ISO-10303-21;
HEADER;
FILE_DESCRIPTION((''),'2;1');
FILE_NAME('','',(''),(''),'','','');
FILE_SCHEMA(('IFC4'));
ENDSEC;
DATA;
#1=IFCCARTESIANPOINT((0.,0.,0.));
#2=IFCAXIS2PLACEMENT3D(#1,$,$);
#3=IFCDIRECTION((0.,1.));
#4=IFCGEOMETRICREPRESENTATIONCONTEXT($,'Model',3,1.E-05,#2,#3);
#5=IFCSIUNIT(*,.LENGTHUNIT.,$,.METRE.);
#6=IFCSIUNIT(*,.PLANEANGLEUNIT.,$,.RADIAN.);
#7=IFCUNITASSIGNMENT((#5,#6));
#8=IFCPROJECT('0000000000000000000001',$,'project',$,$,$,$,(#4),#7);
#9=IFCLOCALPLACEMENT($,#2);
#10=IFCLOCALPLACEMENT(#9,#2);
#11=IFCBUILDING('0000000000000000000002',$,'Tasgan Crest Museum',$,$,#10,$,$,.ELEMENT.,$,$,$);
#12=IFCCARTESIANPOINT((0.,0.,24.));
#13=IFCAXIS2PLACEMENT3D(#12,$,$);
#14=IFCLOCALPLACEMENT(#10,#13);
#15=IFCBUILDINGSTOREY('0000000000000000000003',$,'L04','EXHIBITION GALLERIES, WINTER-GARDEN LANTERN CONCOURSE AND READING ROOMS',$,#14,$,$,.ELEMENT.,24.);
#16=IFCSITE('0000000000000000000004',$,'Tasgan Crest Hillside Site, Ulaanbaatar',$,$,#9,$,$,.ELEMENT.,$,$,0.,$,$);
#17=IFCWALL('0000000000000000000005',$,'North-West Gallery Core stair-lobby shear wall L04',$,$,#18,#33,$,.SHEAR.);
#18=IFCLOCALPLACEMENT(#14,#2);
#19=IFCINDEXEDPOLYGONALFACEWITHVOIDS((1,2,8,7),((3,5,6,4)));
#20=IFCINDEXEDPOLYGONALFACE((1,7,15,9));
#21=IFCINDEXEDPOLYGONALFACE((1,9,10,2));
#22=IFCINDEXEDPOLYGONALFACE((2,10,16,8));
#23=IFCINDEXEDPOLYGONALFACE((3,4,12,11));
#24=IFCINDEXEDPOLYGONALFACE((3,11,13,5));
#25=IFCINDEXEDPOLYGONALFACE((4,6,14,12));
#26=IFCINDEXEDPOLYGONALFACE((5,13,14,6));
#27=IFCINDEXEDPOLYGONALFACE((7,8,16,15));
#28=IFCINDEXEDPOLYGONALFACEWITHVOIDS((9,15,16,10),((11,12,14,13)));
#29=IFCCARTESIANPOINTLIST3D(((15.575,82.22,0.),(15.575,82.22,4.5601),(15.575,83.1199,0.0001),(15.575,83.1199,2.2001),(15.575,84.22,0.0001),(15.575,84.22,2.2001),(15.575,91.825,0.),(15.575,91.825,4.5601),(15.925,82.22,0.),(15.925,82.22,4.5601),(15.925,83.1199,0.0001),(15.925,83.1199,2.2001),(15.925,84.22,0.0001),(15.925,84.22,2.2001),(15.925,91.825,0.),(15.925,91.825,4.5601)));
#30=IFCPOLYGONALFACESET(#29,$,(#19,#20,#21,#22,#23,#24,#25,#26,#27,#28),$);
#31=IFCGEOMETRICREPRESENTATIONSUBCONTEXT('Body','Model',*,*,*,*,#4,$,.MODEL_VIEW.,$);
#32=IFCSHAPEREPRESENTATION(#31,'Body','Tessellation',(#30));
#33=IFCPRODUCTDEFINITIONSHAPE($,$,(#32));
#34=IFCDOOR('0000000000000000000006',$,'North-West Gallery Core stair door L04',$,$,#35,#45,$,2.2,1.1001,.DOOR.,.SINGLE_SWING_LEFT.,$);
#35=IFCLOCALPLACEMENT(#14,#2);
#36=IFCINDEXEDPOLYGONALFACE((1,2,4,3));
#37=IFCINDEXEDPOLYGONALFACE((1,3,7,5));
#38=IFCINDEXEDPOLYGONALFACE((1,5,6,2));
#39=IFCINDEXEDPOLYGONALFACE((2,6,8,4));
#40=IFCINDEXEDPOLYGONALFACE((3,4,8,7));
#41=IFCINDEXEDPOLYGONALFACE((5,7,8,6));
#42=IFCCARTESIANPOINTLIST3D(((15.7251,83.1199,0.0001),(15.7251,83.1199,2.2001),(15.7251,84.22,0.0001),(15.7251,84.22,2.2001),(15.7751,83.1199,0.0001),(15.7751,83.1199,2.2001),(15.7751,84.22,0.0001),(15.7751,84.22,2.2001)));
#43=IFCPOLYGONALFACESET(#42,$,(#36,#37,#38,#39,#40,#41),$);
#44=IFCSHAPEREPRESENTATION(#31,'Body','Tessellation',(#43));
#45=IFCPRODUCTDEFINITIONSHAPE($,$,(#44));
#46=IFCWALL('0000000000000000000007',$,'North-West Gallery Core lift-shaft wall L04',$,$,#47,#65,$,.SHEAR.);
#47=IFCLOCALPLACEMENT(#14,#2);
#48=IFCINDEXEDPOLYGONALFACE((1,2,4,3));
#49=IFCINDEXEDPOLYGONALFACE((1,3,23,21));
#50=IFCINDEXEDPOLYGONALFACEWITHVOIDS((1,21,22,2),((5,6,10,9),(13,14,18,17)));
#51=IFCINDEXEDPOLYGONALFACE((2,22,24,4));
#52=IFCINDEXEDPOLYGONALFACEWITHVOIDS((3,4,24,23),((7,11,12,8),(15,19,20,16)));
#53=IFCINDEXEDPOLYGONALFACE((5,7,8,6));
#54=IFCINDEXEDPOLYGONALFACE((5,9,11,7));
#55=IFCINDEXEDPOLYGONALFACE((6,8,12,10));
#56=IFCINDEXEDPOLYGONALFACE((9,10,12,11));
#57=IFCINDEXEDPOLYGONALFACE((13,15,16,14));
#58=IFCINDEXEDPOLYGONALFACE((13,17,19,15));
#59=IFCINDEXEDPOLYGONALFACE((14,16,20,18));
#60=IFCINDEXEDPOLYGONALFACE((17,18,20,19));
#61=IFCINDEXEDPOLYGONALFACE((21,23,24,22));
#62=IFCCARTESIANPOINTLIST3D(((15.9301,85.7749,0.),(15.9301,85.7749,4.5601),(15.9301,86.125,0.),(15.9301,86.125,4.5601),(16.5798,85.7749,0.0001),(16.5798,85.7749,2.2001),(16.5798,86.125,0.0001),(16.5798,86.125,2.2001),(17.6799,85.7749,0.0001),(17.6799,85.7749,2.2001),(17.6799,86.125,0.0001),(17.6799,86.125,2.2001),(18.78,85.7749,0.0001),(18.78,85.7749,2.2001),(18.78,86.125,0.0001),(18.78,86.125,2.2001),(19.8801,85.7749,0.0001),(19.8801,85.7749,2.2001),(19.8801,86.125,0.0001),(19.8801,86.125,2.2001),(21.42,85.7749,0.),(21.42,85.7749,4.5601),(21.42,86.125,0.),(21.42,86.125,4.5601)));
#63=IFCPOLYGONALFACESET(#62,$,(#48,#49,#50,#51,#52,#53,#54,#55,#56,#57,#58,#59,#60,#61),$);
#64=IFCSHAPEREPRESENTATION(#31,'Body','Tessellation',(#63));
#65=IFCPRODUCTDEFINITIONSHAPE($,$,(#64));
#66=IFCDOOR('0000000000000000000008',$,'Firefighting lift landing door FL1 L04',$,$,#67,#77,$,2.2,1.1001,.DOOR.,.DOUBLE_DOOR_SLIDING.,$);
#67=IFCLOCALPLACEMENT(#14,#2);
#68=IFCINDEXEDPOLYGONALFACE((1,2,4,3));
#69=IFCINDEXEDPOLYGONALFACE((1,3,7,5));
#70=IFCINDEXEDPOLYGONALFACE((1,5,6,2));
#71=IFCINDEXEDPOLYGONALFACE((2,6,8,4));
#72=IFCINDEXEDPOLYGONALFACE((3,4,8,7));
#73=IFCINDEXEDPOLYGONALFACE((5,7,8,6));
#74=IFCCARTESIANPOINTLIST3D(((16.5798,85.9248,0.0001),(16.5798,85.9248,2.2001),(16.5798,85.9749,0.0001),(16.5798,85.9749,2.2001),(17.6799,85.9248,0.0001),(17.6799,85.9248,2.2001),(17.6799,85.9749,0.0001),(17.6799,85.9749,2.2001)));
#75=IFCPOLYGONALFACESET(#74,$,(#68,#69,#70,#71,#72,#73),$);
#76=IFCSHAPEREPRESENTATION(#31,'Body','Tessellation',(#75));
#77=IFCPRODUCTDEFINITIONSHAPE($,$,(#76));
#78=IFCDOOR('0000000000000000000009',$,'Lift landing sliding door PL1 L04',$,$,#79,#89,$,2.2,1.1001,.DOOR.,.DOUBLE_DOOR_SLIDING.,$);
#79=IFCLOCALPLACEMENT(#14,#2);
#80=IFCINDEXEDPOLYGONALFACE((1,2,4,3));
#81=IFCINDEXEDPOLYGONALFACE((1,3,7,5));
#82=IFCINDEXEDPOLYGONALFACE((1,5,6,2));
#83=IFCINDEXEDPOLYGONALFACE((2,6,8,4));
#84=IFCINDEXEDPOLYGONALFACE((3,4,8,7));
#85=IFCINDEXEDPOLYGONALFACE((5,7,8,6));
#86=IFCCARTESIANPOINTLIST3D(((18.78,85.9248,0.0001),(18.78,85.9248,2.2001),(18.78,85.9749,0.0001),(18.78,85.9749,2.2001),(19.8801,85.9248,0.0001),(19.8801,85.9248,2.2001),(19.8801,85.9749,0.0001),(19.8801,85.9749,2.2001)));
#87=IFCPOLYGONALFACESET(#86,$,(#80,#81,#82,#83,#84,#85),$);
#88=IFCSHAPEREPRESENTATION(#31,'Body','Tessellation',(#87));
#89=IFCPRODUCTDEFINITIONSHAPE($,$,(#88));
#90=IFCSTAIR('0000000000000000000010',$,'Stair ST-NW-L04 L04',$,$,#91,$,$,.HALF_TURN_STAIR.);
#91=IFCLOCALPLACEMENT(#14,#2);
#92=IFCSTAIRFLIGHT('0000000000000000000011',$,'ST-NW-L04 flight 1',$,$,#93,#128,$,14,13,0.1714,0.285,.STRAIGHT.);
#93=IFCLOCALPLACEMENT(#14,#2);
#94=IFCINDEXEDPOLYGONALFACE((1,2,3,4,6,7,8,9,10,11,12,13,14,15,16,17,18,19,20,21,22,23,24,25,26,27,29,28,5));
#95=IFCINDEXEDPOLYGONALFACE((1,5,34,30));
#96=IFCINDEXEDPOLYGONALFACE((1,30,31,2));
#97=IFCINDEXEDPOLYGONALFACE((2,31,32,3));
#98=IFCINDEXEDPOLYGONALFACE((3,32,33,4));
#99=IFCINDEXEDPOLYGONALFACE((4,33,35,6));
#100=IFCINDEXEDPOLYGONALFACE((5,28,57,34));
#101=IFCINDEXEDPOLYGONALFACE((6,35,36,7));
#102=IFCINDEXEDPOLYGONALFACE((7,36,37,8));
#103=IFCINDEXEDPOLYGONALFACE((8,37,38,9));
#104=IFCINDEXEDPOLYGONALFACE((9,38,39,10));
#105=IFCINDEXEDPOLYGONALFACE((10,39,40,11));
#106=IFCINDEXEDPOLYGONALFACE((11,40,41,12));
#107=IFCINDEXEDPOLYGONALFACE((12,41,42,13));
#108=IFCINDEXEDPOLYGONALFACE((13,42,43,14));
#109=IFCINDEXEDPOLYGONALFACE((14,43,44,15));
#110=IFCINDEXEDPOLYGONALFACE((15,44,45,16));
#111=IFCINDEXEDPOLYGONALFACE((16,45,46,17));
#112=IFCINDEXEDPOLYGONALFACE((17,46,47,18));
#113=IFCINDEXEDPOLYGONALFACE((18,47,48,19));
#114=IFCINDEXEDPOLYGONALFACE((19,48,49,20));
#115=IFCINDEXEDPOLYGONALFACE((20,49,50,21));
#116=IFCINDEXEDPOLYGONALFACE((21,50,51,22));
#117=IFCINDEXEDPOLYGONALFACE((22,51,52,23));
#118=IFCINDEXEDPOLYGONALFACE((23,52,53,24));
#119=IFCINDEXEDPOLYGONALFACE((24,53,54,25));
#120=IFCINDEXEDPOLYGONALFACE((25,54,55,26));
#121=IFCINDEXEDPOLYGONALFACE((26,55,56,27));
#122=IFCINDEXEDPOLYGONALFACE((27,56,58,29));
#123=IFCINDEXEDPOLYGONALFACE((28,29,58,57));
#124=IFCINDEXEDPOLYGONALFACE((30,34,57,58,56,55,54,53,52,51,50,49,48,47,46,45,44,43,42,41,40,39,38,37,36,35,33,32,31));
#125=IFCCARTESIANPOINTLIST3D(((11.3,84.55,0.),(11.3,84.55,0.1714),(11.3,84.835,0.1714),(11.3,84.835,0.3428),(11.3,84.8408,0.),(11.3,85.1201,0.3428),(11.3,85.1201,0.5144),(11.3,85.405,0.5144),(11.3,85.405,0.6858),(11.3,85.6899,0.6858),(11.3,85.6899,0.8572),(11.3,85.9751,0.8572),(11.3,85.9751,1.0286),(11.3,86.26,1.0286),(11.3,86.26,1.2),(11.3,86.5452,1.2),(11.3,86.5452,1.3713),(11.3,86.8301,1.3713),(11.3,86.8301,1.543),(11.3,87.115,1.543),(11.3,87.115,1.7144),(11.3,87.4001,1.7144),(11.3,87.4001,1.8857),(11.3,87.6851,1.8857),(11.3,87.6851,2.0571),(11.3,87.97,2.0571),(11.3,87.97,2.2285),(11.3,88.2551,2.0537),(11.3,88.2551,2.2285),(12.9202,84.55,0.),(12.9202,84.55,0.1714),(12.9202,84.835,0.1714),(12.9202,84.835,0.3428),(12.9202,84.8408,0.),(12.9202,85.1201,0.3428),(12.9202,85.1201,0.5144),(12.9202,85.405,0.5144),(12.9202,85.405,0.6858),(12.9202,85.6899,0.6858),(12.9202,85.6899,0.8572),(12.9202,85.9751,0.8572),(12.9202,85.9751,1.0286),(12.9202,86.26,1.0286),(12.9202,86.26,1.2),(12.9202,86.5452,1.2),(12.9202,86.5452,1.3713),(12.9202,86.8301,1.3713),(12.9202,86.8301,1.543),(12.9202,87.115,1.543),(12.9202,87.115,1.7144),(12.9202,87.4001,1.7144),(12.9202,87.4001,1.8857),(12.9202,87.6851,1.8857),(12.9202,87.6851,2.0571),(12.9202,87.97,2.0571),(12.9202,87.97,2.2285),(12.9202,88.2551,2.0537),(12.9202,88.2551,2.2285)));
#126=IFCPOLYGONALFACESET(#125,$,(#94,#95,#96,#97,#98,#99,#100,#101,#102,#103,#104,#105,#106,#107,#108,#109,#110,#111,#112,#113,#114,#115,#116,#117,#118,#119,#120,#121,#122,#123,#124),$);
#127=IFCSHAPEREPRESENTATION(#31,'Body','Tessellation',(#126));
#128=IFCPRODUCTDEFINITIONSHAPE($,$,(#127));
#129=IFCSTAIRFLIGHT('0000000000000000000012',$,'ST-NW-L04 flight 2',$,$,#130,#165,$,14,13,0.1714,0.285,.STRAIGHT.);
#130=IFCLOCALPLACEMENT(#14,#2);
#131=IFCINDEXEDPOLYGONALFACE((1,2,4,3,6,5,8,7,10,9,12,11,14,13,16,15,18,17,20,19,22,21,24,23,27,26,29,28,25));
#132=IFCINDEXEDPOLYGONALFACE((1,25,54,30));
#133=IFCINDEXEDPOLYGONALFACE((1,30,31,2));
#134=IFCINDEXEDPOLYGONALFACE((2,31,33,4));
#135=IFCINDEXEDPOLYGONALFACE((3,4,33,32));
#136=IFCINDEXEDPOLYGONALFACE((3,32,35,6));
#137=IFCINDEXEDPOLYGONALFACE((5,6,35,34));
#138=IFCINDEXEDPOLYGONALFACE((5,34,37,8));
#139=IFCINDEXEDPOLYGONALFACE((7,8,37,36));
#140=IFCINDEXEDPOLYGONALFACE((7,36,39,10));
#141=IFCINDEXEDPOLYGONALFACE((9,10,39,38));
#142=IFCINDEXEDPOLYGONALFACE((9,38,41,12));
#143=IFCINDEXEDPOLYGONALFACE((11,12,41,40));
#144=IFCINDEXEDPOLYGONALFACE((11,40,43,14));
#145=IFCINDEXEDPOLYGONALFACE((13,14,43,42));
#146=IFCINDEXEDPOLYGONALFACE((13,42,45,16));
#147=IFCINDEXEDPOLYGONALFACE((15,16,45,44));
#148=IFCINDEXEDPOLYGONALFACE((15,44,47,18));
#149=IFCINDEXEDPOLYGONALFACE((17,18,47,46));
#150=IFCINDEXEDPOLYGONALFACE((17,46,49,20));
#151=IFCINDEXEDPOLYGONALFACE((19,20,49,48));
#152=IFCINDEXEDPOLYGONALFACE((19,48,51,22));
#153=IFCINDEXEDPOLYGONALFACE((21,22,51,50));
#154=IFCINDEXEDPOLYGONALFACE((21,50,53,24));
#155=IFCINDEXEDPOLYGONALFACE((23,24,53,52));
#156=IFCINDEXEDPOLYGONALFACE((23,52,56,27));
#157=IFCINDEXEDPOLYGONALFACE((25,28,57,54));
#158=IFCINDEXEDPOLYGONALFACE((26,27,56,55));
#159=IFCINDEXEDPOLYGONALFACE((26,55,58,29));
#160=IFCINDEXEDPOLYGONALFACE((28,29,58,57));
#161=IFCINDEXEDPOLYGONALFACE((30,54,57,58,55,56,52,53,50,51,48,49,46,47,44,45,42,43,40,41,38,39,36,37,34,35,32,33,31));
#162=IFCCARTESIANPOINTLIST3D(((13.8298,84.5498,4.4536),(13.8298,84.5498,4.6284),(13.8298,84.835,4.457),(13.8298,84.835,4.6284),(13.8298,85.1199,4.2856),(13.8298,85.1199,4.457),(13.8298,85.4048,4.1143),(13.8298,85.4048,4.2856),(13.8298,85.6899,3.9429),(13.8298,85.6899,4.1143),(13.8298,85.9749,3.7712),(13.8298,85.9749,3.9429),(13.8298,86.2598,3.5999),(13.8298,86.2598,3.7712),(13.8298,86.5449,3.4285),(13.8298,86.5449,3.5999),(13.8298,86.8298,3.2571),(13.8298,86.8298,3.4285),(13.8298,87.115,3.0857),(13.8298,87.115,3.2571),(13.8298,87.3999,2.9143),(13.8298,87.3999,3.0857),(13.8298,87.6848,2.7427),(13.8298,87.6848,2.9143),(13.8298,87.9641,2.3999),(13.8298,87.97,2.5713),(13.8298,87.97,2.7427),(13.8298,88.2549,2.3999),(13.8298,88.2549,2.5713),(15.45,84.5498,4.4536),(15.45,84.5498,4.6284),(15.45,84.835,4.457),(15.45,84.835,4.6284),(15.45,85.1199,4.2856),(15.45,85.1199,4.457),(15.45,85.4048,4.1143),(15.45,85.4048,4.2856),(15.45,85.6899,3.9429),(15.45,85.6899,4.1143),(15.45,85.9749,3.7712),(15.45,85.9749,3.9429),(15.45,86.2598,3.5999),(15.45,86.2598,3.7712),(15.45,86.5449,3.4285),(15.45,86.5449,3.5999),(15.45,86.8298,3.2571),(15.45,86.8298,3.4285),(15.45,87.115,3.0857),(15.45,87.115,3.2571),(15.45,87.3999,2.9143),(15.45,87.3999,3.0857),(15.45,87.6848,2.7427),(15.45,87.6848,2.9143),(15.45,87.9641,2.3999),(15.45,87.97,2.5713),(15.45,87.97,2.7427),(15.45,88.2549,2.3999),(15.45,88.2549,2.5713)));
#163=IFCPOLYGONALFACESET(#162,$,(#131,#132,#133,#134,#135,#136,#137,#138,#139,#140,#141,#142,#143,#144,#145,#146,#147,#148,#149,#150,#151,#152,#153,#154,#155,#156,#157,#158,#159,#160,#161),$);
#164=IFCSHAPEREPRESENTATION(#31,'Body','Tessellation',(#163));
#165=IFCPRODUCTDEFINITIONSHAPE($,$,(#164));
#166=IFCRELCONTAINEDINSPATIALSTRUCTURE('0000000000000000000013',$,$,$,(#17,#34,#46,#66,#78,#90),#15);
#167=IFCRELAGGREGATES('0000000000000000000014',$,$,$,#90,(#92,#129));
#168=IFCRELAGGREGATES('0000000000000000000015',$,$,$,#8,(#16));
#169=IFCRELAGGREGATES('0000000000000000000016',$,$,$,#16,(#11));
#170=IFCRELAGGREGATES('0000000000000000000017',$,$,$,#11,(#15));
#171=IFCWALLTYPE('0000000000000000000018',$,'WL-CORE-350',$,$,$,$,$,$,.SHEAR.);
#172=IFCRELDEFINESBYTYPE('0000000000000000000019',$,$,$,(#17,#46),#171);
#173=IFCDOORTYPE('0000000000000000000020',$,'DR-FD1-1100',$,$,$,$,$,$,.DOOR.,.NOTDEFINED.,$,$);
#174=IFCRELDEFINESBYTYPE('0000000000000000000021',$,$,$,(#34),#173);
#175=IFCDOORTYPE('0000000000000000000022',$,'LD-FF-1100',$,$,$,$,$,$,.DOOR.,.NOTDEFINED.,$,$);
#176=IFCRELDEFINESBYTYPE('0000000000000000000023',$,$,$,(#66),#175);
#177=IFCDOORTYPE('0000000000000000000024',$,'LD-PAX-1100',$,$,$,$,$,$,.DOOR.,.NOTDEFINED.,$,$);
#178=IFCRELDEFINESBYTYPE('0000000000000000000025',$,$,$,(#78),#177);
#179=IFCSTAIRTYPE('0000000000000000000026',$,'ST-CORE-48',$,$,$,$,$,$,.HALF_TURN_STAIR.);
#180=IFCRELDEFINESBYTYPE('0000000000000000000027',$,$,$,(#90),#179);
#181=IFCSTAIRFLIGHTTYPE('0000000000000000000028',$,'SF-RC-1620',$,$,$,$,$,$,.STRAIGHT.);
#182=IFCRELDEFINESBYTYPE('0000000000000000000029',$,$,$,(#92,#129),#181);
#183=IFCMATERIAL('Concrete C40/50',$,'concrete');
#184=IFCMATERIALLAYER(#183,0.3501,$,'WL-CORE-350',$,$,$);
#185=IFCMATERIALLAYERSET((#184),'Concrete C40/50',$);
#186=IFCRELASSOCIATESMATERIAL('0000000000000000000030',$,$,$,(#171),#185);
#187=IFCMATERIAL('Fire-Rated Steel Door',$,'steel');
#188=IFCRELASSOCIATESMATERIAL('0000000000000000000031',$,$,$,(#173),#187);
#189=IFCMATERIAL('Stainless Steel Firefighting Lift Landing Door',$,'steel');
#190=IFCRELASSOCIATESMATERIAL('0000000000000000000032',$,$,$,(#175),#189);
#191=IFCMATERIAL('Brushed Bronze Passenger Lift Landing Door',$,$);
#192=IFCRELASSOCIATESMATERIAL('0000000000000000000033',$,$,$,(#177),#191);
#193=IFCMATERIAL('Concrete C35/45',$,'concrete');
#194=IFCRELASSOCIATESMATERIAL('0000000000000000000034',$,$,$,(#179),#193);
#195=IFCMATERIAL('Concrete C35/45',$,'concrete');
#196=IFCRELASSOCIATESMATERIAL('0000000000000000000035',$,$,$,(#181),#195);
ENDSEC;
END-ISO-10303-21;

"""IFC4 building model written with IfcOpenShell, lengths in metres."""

from ifc_helpers import new_model, si_unit, direction, frame, frame_2d, origin, place, context, subcontext, project, spatial, polyline, rectangle, outline, extrude, material, layer, layer_set, type_object, element, fill, aggregate, save


model = new_model("IFC4")

# Units and contexts
model_context = context("Model", 3, precision=1e-05, world=origin(), true_north=direction((0.0, 1.0)))
body_context = subcontext(model_context, "Body", "Model", "MODEL_VIEW")
ifc_project = project(units=[si_unit("LENGTHUNIT", "METRE"), si_unit("PLANEANGLEUNIT", "RADIAN")], contexts=[model_context])

# Site, building, storey
site_placement = place(None, origin())
site = spatial("IfcSite", under=ifc_project, at=site_placement, Name="Tasgan Crest Hillside Site, Ulaanbaatar", CompositionType="ELEMENT", RefElevation=0.0)
building_placement = place(site_placement, origin())
building = spatial("IfcBuilding", under=site, at=building_placement, Name="Tasgan Crest Museum", CompositionType="ELEMENT")
storey_placement = place(building_placement, frame((0.0, 0.0, 24.0)))
storey = spatial("IfcBuildingStorey", under=building, at=storey_placement, Name="L04", Description="EXHIBITION GALLERIES, WINTER-GARDEN LANTERN CONCOURSE AND READING ROOMS", CompositionType="ELEMENT", Elevation=24.0)

# Shared definitions
ifc_material_1 = material(Name="Concrete C40/50", Category="concrete")
ifc_layer_1 = layer(ifc_material_1, 0.3501, Name="WL-CORE-350")
ifc_layer_set_1 = layer_set([ifc_layer_1], Name="Concrete C40/50")
wall_type = type_object("IfcWallType", Name="WL-CORE-350", PredefinedType="SHEAR", material=ifc_layer_set_1)

# Wall, opening, door
wall_1_placement = place(storey_placement, frame((15.75, 82.22, 0.0), z_axis=(0.0, 0.0, 1.0), x_axis=(0.0, 1.0, 0.0)))
wall_1 = element("IfcWall", 1, at=wall_1_placement, inside=storey, type_object=wall_type, Name="North-West Gallery Core stair-lobby shear wall L04", PredefinedType="SHEAR", context=body_context, shape_type="SweptSolid", body=[
    extrude(rectangle(XDim=9.605, YDim=0.3501, at=frame_2d((4.8025, 0.0))), origin(), (0.0, 0.0, 1.0), 4.5601),
])
opening_1_placement = place(wall_1_placement, frame((0.8999, 0.0, 0.0)))
opening_1 = element("IfcOpeningElement", 2, at=opening_1_placement, cuts=wall_1, PredefinedType="OPENING", context=body_context, shape_type="SweptSolid", body=[
    extrude(rectangle(XDim=1.1001, YDim=2.2, at=frame_2d((0.55, 1.1001))), frame((0.0, 0.1851, 0.0), z_axis=(0.0, -1.0, 0.0), x_axis=(1.0, 0.0, 0.0)), (0.0, 0.0, 1.0), 0.3701),
])
ifc_material_2 = material(Name="Fire-Rated Steel Door", Category="steel")
door_type_1 = type_object("IfcDoorType", Name="DR-FD1-1100", OperationType="NOTDEFINED", PredefinedType="DOOR", material=ifc_material_2)
door_1_placement = place(opening_1_placement, origin())
door_1 = element("IfcDoor", 3, at=door_1_placement, inside=storey, type_object=door_type_1, Name="North-West Gallery Core stair door L04", OperationType="SINGLE_SWING_LEFT", OverallHeight=2.2, OverallWidth=1.1001, PredefinedType="DOOR", context=body_context, shape_type="SweptSolid", body=[
    extrude(rectangle(XDim=1.1001, YDim=2.2, at=frame_2d((0.55, 1.1001))), frame((0.0, 0.0249, 0.0), z_axis=(0.0, -1.0, 0.0), x_axis=(1.0, 0.0, 0.0)), (0.0, 0.0, 1.0), 0.05),
])
fill(opening_1, door_1)

# Wall, openings, doors
wall_2_placement = place(storey_placement, frame((15.9299, 85.95, 0.0), z_axis=(0.0, 0.0, 1.0), x_axis=(1.0, 0.0, 0.0)))
wall_2 = element("IfcWall", 4, at=wall_2_placement, inside=storey, type_object=wall_type, Name="North-West Gallery Core lift-shaft wall L04", PredefinedType="SHEAR", context=body_context, shape_type="SweptSolid", body=[
    extrude(rectangle(XDim=5.49, YDim=0.3501, at=frame_2d((2.7451, 0.0))), origin(), (0.0, 0.0, 1.0), 4.5601),
])
opening_2_placement = place(wall_2_placement, frame((0.6499, 0.0, 0.0)))
opening_2 = element("IfcOpeningElement", 5, at=opening_2_placement, cuts=wall_2, PredefinedType="OPENING", context=body_context, shape_type="SweptSolid", body=[
    extrude(rectangle(XDim=1.1001, YDim=2.2, at=frame_2d((0.55, 1.1001))), frame((0.0, 0.1851, 0.0), z_axis=(0.0, -1.0, 0.0), x_axis=(1.0, 0.0, 0.0)), (0.0, 0.0, 1.0), 0.3701),
])
opening_3_placement = place(wall_2_placement, frame((2.8501, 0.0, 0.0)))
opening_3 = element("IfcOpeningElement", 6, at=opening_3_placement, cuts=wall_2, PredefinedType="OPENING", context=body_context, shape_type="SweptSolid", body=[
    extrude(rectangle(XDim=1.1001, YDim=2.2, at=frame_2d((0.55, 1.1001))), frame((0.0, 0.1851, 0.0), z_axis=(0.0, -1.0, 0.0), x_axis=(1.0, 0.0, 0.0)), (0.0, 0.0, 1.0), 0.3701),
])
ifc_material_3 = material(Name="Stainless Steel Firefighting Lift Landing Door", Category="steel")
door_type_2 = type_object("IfcDoorType", Name="LD-FF-1100", OperationType="NOTDEFINED", PredefinedType="DOOR", material=ifc_material_3)
door_2_placement = place(opening_2_placement, origin())
door_2 = element("IfcDoor", 7, at=door_2_placement, inside=storey, type_object=door_type_2, Name="Firefighting lift landing door FL1 L04", OperationType="DOUBLE_DOOR_SLIDING", OverallHeight=2.2, OverallWidth=1.1001, PredefinedType="DOOR", context=body_context, shape_type="SweptSolid", body=[
    extrude(rectangle(XDim=1.1001, YDim=2.2, at=frame_2d((0.55, 1.1001))), frame((0.0, 0.0249, 0.0), z_axis=(0.0, -1.0, 0.0), x_axis=(1.0, 0.0, 0.0)), (0.0, 0.0, 1.0), 0.05),
])
fill(opening_2, door_2)
ifc_material_4 = material(Name="Brushed Bronze Passenger Lift Landing Door")
door_type_3 = type_object("IfcDoorType", Name="LD-PAX-1100", OperationType="NOTDEFINED", PredefinedType="DOOR", material=ifc_material_4)
door_3_placement = place(opening_3_placement, origin())
door_3 = element("IfcDoor", 8, at=door_3_placement, inside=storey, type_object=door_type_3, Name="Lift landing sliding door PL1 L04", OperationType="DOUBLE_DOOR_SLIDING", OverallHeight=2.2, OverallWidth=1.1001, PredefinedType="DOOR", context=body_context, shape_type="SweptSolid", body=[
    extrude(rectangle(XDim=1.1001, YDim=2.2, at=frame_2d((0.55, 1.1001))), frame((0.0, 0.0249, 0.0), z_axis=(0.0, -1.0, 0.0), x_axis=(1.0, 0.0, 0.0)), (0.0, 0.0, 1.0), 0.05),
])
fill(opening_3, door_3)

# Stair, stair flights
ifc_material_5 = material(Name="Concrete C35/45", Category="concrete")
stair_type = type_object("IfcStairType", Name="ST-CORE-48", PredefinedType="HALF_TURN_STAIR", material=ifc_material_5)
stair_placement = place(storey_placement, origin())
stair = element("IfcStair", 9, at=stair_placement, inside=storey, type_object=stair_type, Name="Stair ST-NW-L04 L04", PredefinedType="HALF_TURN_STAIR")
ifc_material_6 = material(Name="Concrete C35/45", Category="concrete")
stair_flight_type = type_object("IfcStairFlightType", Name="SF-RC-1620", PredefinedType="STRAIGHT", material=ifc_material_6)
stair_flight_1_placement = place(storey_placement, frame((12.1101, 84.55, 0.0), z_axis=(0.0, 0.0, 1.0), x_axis=(0.0, 1.0, 0.0)))
stair_flight_1 = element("IfcStairFlight", 10, at=stair_flight_1_placement, type_object=stair_flight_type, Name="ST-NW-L04 flight 1", NumberOfRisers=14, NumberOfTreads=13, PredefinedType="STRAIGHT", RiserHeight=0.1714, TreadLength=0.285, context=body_context, shape_type="SweptSolid", body=[
    extrude(outline(polyline([(0.0, 0.0), (0.0, 0.1714), (0.2849, 0.1714), (0.2849, 0.3428), (0.5701, 0.3428), (0.5701, 0.5144), (0.855, 0.5144), (0.855, 0.6858), (1.1399, 0.6858), (1.1399, 0.8572), (1.425, 0.8572), (1.425, 1.0286), (1.71, 1.0286), (1.71, 1.2), (1.9951, 1.2), (1.9951, 1.3713), (2.28, 1.3713), (2.28, 1.543), (2.5649, 1.543), (2.5649, 1.7144), (2.8501, 1.7144), (2.8501, 1.8857), (3.135, 1.8857), (3.135, 2.0571), (3.4199, 2.0571), (3.4199, 2.2285), (3.7051, 2.2285), (3.7051, 2.3999), (3.7051, 2.0537), (0.2908, 0.0), (0.0, 0.0)])), frame((0.0, 0.8101, 0.0), z_axis=(0.0, -1.0, 0.0), x_axis=(1.0, 0.0, 0.0)), (0.0, 0.0, 1.0), 1.6201),
])
stair_flight_2_placement = place(storey_placement, frame((14.6399, 88.2549, 2.3999), z_axis=(0.0, 0.0, 1.0), x_axis=(0.0, -1.0, 0.0)))
stair_flight_2 = element("IfcStairFlight", 11, at=stair_flight_2_placement, type_object=stair_flight_type, Name="ST-NW-L04 flight 2", NumberOfRisers=14, NumberOfTreads=13, PredefinedType="STRAIGHT", RiserHeight=0.1714, TreadLength=0.285, context=body_context, shape_type="SweptSolid", body=[
    extrude(outline(polyline([(0.0, 0.0), (0.0, 0.1714), (0.2849, 0.1714), (0.2849, 0.3428), (0.5701, 0.3428), (0.5701, 0.5144), (0.855, 0.5144), (0.855, 0.6858), (1.1399, 0.6858), (1.1399, 0.8572), (1.425, 0.8572), (1.425, 1.0286), (1.71, 1.0286), (1.71, 1.2), (1.9951, 1.2), (1.9951, 1.3713), (2.28, 1.3713), (2.28, 1.543), (2.5649, 1.543), (2.5649, 1.7144), (2.8501, 1.7144), (2.8501, 1.8857), (3.135, 1.8857), (3.135, 2.0571), (3.4199, 2.0571), (3.4199, 2.2285), (3.7051, 2.2285), (3.7051, 2.3999), (3.7051, 2.0537), (0.2908, 0.0), (0.0, 0.0)])), frame((0.0, 0.8101, 0.0), z_axis=(0.0, -1.0, 0.0), x_axis=(1.0, 0.0, 0.0)), (0.0, 0.0, 1.0), 1.6201),
])
aggregate(stair, [stair_flight_1, stair_flight_2])

save(model, "model.ifc")
